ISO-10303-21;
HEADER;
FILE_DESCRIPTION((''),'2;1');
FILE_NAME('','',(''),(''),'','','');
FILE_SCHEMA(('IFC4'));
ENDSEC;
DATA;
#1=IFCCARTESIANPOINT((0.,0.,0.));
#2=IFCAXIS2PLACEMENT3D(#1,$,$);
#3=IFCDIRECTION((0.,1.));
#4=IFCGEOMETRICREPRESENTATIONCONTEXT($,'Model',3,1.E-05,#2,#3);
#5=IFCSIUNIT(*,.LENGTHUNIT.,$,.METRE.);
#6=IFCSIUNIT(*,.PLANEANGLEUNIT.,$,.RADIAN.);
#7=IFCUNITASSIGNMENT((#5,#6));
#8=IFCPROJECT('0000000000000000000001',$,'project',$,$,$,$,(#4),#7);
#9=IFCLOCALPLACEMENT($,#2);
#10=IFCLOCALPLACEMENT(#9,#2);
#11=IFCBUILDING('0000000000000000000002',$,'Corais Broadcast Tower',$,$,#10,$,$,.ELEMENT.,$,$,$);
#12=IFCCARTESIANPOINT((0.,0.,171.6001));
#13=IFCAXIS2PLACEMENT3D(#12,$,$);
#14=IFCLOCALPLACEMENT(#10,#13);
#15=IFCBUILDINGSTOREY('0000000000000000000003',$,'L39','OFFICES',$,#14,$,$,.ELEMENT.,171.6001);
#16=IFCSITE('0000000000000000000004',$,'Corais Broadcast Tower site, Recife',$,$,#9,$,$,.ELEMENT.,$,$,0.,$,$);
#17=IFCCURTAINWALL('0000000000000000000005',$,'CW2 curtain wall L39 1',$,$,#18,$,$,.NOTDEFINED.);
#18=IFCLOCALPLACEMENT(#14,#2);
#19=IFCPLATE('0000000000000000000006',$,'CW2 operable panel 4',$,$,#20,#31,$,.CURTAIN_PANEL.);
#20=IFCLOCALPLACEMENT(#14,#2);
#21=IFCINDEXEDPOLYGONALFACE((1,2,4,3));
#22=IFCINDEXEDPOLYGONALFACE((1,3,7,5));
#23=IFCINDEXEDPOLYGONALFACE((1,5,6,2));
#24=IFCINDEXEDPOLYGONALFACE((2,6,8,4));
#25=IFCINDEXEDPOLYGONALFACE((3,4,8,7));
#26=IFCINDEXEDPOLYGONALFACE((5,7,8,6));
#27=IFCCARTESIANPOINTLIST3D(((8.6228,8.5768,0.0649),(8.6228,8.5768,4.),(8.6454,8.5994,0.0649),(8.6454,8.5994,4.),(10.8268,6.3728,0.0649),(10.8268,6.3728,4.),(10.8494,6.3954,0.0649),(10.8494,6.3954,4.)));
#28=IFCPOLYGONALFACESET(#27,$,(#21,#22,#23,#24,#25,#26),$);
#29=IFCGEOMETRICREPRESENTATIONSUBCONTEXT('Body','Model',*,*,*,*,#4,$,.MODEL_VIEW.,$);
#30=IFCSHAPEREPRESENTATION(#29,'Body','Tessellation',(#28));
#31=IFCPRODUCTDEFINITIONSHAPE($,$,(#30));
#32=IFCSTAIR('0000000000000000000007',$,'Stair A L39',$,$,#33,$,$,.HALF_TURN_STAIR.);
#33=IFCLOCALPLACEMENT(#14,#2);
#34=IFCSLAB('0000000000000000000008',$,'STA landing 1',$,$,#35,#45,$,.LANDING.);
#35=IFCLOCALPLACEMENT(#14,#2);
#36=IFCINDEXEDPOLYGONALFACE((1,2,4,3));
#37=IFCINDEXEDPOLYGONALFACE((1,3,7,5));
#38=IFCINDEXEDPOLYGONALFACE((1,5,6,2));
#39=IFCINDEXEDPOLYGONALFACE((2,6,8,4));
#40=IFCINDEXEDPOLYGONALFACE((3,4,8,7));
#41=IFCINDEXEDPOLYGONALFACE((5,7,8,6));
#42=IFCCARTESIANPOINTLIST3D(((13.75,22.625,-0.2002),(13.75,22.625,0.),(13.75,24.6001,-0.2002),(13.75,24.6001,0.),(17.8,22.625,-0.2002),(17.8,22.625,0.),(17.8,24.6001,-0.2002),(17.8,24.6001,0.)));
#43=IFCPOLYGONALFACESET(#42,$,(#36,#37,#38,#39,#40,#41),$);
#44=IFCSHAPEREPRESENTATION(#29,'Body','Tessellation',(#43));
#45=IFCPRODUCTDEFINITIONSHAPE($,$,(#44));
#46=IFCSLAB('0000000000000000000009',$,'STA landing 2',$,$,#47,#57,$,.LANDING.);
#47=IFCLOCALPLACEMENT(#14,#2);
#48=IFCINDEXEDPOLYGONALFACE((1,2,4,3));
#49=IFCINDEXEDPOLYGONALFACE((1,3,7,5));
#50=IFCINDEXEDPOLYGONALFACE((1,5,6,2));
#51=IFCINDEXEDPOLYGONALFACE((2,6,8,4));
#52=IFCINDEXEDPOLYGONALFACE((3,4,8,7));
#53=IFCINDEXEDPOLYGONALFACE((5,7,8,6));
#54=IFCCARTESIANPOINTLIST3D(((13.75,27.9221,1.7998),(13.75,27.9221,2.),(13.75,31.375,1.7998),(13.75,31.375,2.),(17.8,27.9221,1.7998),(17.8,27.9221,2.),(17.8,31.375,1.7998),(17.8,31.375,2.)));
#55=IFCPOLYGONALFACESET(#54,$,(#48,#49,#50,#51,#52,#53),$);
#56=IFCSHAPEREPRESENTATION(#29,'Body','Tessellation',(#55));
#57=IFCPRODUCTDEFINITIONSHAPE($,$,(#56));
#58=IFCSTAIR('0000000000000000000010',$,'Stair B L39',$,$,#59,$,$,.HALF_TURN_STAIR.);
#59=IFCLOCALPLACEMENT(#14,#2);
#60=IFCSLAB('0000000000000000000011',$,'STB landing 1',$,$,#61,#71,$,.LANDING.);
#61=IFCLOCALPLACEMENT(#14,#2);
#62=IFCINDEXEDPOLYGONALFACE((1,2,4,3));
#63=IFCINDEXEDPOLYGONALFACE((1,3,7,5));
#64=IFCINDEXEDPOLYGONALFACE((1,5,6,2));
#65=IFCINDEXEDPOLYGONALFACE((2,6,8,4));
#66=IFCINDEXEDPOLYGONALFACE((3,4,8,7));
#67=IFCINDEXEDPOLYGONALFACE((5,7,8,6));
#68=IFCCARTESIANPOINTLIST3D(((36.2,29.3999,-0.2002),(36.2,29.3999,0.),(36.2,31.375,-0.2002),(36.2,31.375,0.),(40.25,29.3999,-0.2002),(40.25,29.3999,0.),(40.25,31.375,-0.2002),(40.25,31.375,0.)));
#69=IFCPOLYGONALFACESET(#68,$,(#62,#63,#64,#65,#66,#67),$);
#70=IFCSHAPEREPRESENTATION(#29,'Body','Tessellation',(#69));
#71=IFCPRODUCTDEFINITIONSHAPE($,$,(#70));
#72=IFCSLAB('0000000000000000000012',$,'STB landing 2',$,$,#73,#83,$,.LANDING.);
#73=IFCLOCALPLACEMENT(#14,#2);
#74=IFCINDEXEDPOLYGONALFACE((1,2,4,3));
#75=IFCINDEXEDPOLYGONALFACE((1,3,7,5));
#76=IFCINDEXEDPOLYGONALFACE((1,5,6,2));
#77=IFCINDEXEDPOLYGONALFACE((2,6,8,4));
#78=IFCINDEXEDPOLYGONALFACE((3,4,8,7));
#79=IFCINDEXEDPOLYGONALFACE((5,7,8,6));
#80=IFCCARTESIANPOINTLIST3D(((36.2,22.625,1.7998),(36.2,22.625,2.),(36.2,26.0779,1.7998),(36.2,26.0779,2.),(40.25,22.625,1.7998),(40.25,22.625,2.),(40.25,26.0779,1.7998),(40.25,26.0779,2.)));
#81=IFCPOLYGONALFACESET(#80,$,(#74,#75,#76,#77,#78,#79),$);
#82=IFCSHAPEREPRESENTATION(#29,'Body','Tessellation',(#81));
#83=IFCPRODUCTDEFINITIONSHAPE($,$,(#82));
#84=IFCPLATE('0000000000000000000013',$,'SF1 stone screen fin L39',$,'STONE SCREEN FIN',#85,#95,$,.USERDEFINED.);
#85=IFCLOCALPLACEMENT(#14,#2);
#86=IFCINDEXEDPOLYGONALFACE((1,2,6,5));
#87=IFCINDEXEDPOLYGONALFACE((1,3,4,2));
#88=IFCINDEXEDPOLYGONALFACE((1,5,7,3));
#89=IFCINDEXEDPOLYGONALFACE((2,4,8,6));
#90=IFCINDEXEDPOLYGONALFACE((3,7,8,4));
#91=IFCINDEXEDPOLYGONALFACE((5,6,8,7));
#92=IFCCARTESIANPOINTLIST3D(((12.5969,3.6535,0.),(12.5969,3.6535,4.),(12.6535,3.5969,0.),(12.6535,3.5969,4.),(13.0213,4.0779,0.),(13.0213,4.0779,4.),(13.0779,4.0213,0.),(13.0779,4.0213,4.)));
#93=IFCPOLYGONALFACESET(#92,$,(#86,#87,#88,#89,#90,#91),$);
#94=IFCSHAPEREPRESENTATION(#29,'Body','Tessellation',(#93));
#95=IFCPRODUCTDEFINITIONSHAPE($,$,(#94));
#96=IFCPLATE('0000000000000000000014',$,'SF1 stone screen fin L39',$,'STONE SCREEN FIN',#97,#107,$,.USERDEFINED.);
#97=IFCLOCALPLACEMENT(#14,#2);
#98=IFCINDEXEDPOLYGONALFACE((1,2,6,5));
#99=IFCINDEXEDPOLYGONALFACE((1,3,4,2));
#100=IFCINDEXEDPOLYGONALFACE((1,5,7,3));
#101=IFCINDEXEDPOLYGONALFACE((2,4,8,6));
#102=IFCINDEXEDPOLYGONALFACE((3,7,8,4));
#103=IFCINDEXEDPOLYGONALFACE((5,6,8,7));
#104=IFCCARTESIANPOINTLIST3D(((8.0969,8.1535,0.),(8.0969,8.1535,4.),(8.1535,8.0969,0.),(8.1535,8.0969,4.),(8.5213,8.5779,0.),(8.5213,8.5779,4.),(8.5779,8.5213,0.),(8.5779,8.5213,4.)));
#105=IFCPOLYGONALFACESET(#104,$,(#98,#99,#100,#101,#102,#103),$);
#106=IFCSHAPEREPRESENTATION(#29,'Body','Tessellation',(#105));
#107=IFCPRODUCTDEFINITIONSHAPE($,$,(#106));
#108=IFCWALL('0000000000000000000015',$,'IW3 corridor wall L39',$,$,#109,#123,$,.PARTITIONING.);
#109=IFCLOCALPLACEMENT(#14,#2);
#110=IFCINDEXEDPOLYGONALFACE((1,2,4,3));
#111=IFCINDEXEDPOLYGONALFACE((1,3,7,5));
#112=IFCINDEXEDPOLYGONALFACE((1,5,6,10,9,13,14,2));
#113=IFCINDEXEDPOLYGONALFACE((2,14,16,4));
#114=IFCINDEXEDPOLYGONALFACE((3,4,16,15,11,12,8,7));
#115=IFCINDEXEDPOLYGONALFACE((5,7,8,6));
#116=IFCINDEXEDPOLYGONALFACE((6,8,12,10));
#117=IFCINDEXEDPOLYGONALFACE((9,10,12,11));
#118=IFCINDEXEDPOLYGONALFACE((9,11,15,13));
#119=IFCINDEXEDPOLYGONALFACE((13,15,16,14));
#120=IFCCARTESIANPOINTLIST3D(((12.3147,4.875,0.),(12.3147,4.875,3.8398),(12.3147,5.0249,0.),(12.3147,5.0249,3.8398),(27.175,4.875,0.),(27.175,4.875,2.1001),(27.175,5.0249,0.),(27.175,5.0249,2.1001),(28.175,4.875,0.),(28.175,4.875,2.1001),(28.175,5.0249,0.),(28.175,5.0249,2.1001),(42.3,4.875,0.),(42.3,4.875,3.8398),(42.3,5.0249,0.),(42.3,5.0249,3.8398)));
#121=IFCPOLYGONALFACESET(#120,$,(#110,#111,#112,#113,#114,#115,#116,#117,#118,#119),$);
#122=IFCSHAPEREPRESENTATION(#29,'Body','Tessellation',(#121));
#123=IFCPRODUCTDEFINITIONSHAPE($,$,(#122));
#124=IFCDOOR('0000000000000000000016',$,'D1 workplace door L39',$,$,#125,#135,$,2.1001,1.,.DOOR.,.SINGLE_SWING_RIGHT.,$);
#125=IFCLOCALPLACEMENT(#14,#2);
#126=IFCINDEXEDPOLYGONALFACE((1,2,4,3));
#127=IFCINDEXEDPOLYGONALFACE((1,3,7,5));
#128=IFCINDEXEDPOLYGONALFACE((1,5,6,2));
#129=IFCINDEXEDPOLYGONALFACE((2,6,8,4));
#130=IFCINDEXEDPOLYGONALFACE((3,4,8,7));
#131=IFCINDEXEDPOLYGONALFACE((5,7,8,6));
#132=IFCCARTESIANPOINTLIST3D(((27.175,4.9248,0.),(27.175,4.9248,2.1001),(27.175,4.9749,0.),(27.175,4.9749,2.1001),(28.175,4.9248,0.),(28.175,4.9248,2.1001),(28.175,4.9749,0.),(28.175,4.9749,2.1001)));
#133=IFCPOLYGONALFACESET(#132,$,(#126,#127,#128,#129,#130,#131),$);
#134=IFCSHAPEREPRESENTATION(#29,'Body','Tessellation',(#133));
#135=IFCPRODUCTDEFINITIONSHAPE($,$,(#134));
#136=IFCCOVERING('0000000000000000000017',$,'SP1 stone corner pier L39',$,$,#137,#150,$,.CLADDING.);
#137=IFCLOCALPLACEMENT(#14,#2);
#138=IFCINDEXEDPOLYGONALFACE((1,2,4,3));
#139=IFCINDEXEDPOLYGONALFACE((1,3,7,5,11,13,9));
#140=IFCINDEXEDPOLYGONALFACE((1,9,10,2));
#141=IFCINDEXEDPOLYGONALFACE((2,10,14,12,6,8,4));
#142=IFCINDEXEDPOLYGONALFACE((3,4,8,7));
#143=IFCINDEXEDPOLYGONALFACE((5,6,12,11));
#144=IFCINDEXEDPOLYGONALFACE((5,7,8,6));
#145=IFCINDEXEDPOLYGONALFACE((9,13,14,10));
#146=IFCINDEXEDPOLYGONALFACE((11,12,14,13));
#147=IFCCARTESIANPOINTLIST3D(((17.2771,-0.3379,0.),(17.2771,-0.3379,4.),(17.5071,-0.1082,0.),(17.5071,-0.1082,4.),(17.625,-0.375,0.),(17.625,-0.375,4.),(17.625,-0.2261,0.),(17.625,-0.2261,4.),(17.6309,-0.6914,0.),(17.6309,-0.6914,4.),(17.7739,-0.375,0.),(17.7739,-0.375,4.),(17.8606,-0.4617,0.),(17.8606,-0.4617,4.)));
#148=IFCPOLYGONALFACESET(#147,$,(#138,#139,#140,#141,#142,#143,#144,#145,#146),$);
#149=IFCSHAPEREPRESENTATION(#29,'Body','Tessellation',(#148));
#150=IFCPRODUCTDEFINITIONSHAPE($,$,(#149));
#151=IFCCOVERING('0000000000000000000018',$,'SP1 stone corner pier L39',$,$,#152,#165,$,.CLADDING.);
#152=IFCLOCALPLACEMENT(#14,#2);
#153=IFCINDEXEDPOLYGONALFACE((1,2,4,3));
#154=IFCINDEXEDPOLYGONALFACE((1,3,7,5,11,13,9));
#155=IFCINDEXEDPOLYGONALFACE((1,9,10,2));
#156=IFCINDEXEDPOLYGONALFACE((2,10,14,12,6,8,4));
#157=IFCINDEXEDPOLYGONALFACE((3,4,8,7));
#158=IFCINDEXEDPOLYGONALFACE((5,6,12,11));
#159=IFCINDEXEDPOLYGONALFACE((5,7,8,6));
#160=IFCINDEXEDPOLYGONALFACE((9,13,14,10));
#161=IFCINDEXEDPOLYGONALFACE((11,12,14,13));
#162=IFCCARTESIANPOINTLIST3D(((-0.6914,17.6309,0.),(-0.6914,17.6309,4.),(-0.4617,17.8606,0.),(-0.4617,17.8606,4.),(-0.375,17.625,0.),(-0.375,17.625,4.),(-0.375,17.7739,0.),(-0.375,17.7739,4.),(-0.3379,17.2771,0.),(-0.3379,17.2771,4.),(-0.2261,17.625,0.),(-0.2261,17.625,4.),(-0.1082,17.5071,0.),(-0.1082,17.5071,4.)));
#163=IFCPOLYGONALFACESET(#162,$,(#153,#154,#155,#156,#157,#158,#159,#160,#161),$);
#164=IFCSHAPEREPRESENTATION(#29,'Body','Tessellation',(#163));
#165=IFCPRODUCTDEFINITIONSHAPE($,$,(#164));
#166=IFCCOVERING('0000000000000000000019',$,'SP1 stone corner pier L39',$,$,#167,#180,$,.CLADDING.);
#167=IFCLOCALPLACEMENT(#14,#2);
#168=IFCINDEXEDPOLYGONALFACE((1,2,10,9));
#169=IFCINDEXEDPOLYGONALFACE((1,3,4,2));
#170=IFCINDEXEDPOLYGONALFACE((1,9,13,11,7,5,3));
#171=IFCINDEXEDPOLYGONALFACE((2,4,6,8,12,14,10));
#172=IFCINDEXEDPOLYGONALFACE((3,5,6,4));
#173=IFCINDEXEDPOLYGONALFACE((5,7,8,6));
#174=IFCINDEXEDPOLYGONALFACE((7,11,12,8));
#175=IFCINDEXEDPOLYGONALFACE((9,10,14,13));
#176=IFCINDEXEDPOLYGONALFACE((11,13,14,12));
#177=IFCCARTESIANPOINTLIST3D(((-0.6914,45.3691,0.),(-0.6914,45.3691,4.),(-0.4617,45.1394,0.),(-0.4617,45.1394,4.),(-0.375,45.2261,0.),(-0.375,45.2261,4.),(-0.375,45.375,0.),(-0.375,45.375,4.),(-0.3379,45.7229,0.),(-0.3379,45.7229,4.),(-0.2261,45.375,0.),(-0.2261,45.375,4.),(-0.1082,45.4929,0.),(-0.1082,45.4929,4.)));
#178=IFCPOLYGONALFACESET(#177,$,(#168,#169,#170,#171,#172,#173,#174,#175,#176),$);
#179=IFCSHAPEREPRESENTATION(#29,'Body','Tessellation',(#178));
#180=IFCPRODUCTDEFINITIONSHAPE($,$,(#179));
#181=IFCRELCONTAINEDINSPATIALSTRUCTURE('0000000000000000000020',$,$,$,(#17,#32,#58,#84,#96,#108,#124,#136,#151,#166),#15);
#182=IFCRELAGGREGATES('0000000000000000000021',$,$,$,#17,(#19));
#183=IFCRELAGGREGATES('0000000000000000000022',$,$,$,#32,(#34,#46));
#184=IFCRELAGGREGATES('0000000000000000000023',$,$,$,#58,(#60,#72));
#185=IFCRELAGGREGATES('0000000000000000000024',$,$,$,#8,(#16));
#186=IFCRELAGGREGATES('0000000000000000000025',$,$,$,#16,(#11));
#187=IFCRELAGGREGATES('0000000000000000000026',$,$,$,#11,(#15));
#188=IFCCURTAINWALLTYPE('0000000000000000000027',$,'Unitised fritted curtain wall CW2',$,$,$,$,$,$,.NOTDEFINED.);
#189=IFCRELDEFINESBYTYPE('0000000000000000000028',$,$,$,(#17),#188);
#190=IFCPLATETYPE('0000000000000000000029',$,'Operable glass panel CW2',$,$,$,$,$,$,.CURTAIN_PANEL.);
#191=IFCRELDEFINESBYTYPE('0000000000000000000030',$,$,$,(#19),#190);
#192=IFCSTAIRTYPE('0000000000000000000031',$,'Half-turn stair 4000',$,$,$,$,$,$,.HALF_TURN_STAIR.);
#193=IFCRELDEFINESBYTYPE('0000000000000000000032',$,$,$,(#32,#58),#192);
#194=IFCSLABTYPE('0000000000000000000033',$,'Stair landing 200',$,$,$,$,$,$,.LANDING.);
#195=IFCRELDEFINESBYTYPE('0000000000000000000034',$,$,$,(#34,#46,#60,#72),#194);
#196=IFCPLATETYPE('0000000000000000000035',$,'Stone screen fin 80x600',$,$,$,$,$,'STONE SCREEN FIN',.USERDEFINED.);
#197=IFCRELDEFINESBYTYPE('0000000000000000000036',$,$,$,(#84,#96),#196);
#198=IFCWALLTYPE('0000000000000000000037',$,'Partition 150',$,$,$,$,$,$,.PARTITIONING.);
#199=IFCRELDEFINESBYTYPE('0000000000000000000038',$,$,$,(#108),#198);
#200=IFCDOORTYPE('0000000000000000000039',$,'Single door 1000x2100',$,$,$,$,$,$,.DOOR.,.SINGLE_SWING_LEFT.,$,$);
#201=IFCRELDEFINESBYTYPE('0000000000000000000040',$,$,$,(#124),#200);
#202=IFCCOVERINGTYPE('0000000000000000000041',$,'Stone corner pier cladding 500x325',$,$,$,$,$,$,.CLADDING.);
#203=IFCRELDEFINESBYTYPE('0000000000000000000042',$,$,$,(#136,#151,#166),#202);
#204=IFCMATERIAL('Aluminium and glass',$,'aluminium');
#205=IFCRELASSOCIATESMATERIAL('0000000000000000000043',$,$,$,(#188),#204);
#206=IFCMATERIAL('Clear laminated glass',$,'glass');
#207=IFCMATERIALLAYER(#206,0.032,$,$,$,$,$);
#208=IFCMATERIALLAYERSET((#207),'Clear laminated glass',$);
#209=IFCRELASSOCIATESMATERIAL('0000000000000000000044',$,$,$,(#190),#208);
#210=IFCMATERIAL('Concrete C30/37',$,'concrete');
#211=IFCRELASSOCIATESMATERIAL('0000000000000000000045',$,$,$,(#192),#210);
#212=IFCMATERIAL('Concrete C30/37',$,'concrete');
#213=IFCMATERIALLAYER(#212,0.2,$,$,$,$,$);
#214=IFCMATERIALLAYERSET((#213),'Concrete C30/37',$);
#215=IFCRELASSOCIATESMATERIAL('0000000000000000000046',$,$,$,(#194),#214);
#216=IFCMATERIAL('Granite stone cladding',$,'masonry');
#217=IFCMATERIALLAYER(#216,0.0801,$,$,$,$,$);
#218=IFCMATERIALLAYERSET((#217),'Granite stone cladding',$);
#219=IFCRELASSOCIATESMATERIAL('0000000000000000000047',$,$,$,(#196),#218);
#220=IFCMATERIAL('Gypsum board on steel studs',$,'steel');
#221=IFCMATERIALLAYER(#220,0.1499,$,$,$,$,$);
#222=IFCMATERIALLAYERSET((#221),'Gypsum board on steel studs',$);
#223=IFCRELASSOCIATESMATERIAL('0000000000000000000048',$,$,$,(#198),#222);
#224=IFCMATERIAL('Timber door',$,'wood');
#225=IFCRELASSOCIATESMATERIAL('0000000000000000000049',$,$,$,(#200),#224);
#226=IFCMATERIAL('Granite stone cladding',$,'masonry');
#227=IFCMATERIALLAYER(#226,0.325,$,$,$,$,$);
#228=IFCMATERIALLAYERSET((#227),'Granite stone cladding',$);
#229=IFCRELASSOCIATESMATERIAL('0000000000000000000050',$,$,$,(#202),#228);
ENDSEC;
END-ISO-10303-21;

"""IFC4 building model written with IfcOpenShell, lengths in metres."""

from ifc_helpers import new_model, si_unit, direction, frame, frame_2d, origin, origin_2d, place, context, subcontext, project, spatial, polyline, rectangle, outline, extrude, material, layer, layer_set, type_object, element, fill, aggregate, save


model = new_model("IFC4")

# Units and contexts
model_context = context("Model", 3, precision=1e-05, world=origin(), true_north=direction((0.0, 1.0)))
body_context = subcontext(model_context, "Body", "Model", "MODEL_VIEW")
ifc_project = project(units=[si_unit("LENGTHUNIT", "METRE"), si_unit("PLANEANGLEUNIT", "RADIAN")], contexts=[model_context])

# Site, building, storey
site_placement = place(None, origin())
site = spatial("IfcSite", under=ifc_project, at=site_placement, Name="Corais Broadcast Tower site, Recife", CompositionType="ELEMENT", RefElevation=0.0)
building_placement = place(site_placement, origin())
building = spatial("IfcBuilding", under=site, at=building_placement, Name="Corais Broadcast Tower", CompositionType="ELEMENT")
storey_placement = place(building_placement, frame((0.0, 0.0, 171.6001)))
storey = spatial("IfcBuildingStorey", under=building, at=storey_placement, Name="L39", Description="OFFICES", CompositionType="ELEMENT", Elevation=171.6001)

# Curtain wall
ifc_material_1 = material(Name="Aluminium and glass", Category="aluminium")
curtain_wall_type = type_object("IfcCurtainWallType", Name="Unitised fritted curtain wall CW2", PredefinedType="NOTDEFINED", material=ifc_material_1)
curtain_wall_placement = place(storey_placement, origin())
curtain_wall = element("IfcCurtainWall", 1, at=curtain_wall_placement, inside=storey, type_object=curtain_wall_type, Name="CW2 curtain wall L39 1", PredefinedType="NOTDEFINED")

# Plate
ifc_material_2 = material(Name="Clear laminated glass", Category="glass")
ifc_layer_1 = layer(ifc_material_2, 0.032)
ifc_layer_set_1 = layer_set([ifc_layer_1], Name="Clear laminated glass")
plate_type_1 = type_object("IfcPlateType", Name="Operable glass panel CW2", PredefinedType="CURTAIN_PANEL", material=ifc_layer_set_1)
plate_1_placement = place(storey_placement, frame((9.7361, 7.4861, 0.0649), z_axis=(0.0, 0.0, 1.0), x_axis=(-0.707107, 0.707107, 0.0)))
plate_1 = element("IfcPlate", 2, at=plate_1_placement, type_object=plate_type_1, Name="CW2 operable panel 4", PredefinedType="CURTAIN_PANEL", context=body_context, shape_type="SweptSolid", body=[
    extrude(rectangle(XDim=3.1169, YDim=0.032, at=origin_2d()), origin(), (0.0, 0.0, 1.0), 3.9351),
])
aggregate(curtain_wall, [plate_1])

# Stairs, slabs
ifc_material_3 = material(Name="Concrete C30/37", Category="concrete")
stair_type = type_object("IfcStairType", Name="Half-turn stair 4000", PredefinedType="HALF_TURN_STAIR", material=ifc_material_3)
stair_1_placement = place(storey_placement, origin())
stair_1 = element("IfcStair", 3, at=stair_1_placement, inside=storey, type_object=stair_type, Name="Stair A L39", PredefinedType="HALF_TURN_STAIR")
ifc_material_4 = material(Name="Concrete C30/37", Category="concrete")
ifc_layer_2 = layer(ifc_material_4, 0.2)
ifc_layer_set_2 = layer_set([ifc_layer_2], Name="Concrete C30/37")
slab_type_1 = type_object("IfcSlabType", Name="Stair landing 200", PredefinedType="LANDING", material=ifc_layer_set_2)
slab_1_placement = place(storey_placement, frame((0.0, 0.0, -0.2002)))
slab_1 = element("IfcSlab", 4, at=slab_1_placement, type_object=slab_type_1, Name="STA landing 1", PredefinedType="LANDING", context=body_context, shape_type="SweptSolid", body=[
    extrude(outline(polyline([(13.75, 22.625), (17.8, 22.625), (17.8, 24.6001), (13.75, 24.6001), (13.75, 22.625)])), origin(), (0.0, 0.0, 1.0), 0.2002),
])
slab_2_placement = place(storey_placement, frame((0.0, 0.0, 1.7998)))
slab_2 = element("IfcSlab", 5, at=slab_2_placement, type_object=slab_type_1, Name="STA landing 2", PredefinedType="LANDING", context=body_context, shape_type="SweptSolid", body=[
    extrude(outline(polyline([(13.75, 27.9221), (17.8, 27.9221), (17.8, 31.375), (13.75, 31.375), (13.75, 27.9221)])), origin(), (0.0, 0.0, 1.0), 0.2002),
])
aggregate(stair_1, [slab_1, slab_2])
stair_2_placement = place(storey_placement, origin())
stair_2 = element("IfcStair", 6, at=stair_2_placement, inside=storey, type_object=stair_type, Name="Stair B L39", PredefinedType="HALF_TURN_STAIR")
slab_3_placement = place(storey_placement, frame((0.0, 0.0, -0.2002)))
slab_3 = element("IfcSlab", 7, at=slab_3_placement, type_object=slab_type_1, Name="STB landing 1", PredefinedType="LANDING", context=body_context, shape_type="SweptSolid", body=[
    extrude(outline(polyline([(36.2, 29.3999), (40.25, 29.3999), (40.25, 31.375), (36.2, 31.375), (36.2, 29.3999)])), origin(), (0.0, 0.0, 1.0), 0.2002),
])
slab_4_placement = place(storey_placement, frame((0.0, 0.0, 1.7998)))
slab_4 = element("IfcSlab", 8, at=slab_4_placement, type_object=slab_type_1, Name="STB landing 2", PredefinedType="LANDING", context=body_context, shape_type="SweptSolid", body=[
    extrude(outline(polyline([(36.2, 22.625), (40.25, 22.625), (40.25, 26.0779), (36.2, 26.0779), (36.2, 22.625)])), origin(), (0.0, 0.0, 1.0), 0.2002),
])
aggregate(stair_2, [slab_3, slab_4])

# Plates
ifc_material_5 = material(Name="Granite stone cladding", Category="masonry")
ifc_layer_3 = layer(ifc_material_5, 0.0801)
ifc_layer_set_3 = layer_set([ifc_layer_3], Name="Granite stone cladding")
plate_type_2 = type_object("IfcPlateType", Name="Stone screen fin 80x600", ElementType="STONE SCREEN FIN", PredefinedType="USERDEFINED", material=ifc_layer_set_3)
for number, where, z_axis, x_axis, name in (
    (9, (12.8374, 3.8374, 0.0), (0.0, 0.0, 1.0), (-0.707107, 0.707107, 0.0), "SF1 stone screen fin L39"),
    (10, (8.3374, 8.3374, 0.0), (0.0, 0.0, 1.0), (-0.707107, 0.707107, 0.0), "SF1 stone screen fin L39"),
):
    element("IfcPlate", number, at=place(storey_placement, frame(where, z_axis=z_axis, x_axis=x_axis)), inside=storey, type_object=plate_type_2, Name=name, ObjectType="STONE SCREEN FIN", PredefinedType="USERDEFINED", context=body_context, shape_type="SweptSolid", body=[
        extrude(rectangle(XDim=0.0801, YDim=0.6001, at=origin_2d()), origin(), (0.0, 0.0, 1.0), 4.0),
    ])

# Wall, opening, door
ifc_material_6 = material(Name="Gypsum board on steel studs", Category="steel")
ifc_layer_4 = layer(ifc_material_6, 0.1499)
ifc_layer_set_4 = layer_set([ifc_layer_4], Name="Gypsum board on steel studs")
wall_type = type_object("IfcWallType", Name="Partition 150", PredefinedType="PARTITIONING", material=ifc_layer_set_4)
wall_placement = place(storey_placement, frame((12.3147, 4.95, 0.0), z_axis=(0.0, 0.0, 1.0), x_axis=(1.0, 0.0, 0.0)))
wall = element("IfcWall", 11, at=wall_placement, inside=storey, type_object=wall_type, Name="IW3 corridor wall L39", PredefinedType="PARTITIONING", context=body_context, shape_type="SweptSolid", body=[
    extrude(rectangle(XDim=29.9854, YDim=0.1499, at=frame_2d((14.9927, 0.0))), origin(), (0.0, 0.0, 1.0), 3.8398),
])
opening_placement = place(wall_placement, frame((14.8604, 0.0, 0.0)))
opening = element("IfcOpeningElement", 12, at=opening_placement, cuts=wall, PredefinedType="OPENING", context=body_context, shape_type="SweptSolid", body=[
    extrude(rectangle(XDim=1.0, YDim=2.1001, at=frame_2d((0.5, 1.05))), frame((0.0, 0.085, 0.0), z_axis=(0.0, -1.0, 0.0), x_axis=(1.0, 0.0, 0.0)), (0.0, 0.0, 1.0), 0.1699),
])
ifc_material_7 = material(Name="Timber door", Category="wood")
door_type = type_object("IfcDoorType", Name="Single door 1000x2100", OperationType="SINGLE_SWING_LEFT", PredefinedType="DOOR", material=ifc_material_7)
door_placement = place(opening_placement, origin())
door = element("IfcDoor", 13, at=door_placement, inside=storey, type_object=door_type, Name="D1 workplace door L39", OperationType="SINGLE_SWING_RIGHT", OverallHeight=2.1001, OverallWidth=1.0, PredefinedType="DOOR", context=body_context, shape_type="SweptSolid", body=[
    extrude(rectangle(XDim=1.0, YDim=2.1001, at=frame_2d((0.5, 1.05))), frame((0.0, 0.0249, 0.0), z_axis=(0.0, -1.0, 0.0), x_axis=(1.0, 0.0, 0.0)), (0.0, 0.0, 1.0), 0.05),
])
fill(opening, door)

# Coverings
ifc_material_8 = material(Name="Granite stone cladding", Category="masonry")
ifc_layer_5 = layer(ifc_material_8, 0.325)
ifc_layer_set_5 = layer_set([ifc_layer_5], Name="Granite stone cladding")
covering_type_1 = type_object("IfcCoveringType", Name="Stone corner pier cladding 500x325", PredefinedType="CLADDING", material=ifc_layer_set_5)
covering_1_placement = place(storey_placement, origin())
element("IfcCovering", 14, at=covering_1_placement, inside=storey, type_object=covering_type_1, Name="SP1 stone corner pier L39", PredefinedType="CLADDING", context=body_context, shape_type="SweptSolid", body=[
    extrude(outline(polyline([(17.8606, -0.4617), (17.7739, -0.375), (17.625, -0.375), (17.625, -0.2261), (17.5071, -0.1082), (17.2771, -0.3379), (17.6309, -0.6914), (17.8606, -0.4617)])), origin(), (0.0, 0.0, 1.0), 4.0),
])
covering_2_placement = place(storey_placement, origin())
element("IfcCovering", 15, at=covering_2_placement, inside=storey, type_object=covering_type_1, Name="SP1 stone corner pier L39", PredefinedType="CLADDING", context=body_context, shape_type="SweptSolid", body=[
    extrude(outline(polyline([(-0.375, 17.7739), (-0.4617, 17.8606), (-0.6914, 17.6309), (-0.3379, 17.2771), (-0.1082, 17.5071), (-0.2261, 17.625), (-0.375, 17.625), (-0.375, 17.7739)])), origin(), (0.0, 0.0, 1.0), 4.0),
])
covering_3_placement = place(storey_placement, origin())
element("IfcCovering", 16, at=covering_3_placement, inside=storey, type_object=covering_type_1, Name="SP1 stone corner pier L39", PredefinedType="CLADDING", context=body_context, shape_type="SweptSolid", body=[
    extrude(outline(polyline([(-0.4617, 45.1394), (-0.375, 45.2261), (-0.375, 45.375), (-0.2261, 45.375), (-0.1082, 45.4929), (-0.3379, 45.7229), (-0.6914, 45.3691), (-0.4617, 45.1394)])), origin(), (0.0, 0.0, 1.0), 4.0),
])

save(model, "model.ifc")
